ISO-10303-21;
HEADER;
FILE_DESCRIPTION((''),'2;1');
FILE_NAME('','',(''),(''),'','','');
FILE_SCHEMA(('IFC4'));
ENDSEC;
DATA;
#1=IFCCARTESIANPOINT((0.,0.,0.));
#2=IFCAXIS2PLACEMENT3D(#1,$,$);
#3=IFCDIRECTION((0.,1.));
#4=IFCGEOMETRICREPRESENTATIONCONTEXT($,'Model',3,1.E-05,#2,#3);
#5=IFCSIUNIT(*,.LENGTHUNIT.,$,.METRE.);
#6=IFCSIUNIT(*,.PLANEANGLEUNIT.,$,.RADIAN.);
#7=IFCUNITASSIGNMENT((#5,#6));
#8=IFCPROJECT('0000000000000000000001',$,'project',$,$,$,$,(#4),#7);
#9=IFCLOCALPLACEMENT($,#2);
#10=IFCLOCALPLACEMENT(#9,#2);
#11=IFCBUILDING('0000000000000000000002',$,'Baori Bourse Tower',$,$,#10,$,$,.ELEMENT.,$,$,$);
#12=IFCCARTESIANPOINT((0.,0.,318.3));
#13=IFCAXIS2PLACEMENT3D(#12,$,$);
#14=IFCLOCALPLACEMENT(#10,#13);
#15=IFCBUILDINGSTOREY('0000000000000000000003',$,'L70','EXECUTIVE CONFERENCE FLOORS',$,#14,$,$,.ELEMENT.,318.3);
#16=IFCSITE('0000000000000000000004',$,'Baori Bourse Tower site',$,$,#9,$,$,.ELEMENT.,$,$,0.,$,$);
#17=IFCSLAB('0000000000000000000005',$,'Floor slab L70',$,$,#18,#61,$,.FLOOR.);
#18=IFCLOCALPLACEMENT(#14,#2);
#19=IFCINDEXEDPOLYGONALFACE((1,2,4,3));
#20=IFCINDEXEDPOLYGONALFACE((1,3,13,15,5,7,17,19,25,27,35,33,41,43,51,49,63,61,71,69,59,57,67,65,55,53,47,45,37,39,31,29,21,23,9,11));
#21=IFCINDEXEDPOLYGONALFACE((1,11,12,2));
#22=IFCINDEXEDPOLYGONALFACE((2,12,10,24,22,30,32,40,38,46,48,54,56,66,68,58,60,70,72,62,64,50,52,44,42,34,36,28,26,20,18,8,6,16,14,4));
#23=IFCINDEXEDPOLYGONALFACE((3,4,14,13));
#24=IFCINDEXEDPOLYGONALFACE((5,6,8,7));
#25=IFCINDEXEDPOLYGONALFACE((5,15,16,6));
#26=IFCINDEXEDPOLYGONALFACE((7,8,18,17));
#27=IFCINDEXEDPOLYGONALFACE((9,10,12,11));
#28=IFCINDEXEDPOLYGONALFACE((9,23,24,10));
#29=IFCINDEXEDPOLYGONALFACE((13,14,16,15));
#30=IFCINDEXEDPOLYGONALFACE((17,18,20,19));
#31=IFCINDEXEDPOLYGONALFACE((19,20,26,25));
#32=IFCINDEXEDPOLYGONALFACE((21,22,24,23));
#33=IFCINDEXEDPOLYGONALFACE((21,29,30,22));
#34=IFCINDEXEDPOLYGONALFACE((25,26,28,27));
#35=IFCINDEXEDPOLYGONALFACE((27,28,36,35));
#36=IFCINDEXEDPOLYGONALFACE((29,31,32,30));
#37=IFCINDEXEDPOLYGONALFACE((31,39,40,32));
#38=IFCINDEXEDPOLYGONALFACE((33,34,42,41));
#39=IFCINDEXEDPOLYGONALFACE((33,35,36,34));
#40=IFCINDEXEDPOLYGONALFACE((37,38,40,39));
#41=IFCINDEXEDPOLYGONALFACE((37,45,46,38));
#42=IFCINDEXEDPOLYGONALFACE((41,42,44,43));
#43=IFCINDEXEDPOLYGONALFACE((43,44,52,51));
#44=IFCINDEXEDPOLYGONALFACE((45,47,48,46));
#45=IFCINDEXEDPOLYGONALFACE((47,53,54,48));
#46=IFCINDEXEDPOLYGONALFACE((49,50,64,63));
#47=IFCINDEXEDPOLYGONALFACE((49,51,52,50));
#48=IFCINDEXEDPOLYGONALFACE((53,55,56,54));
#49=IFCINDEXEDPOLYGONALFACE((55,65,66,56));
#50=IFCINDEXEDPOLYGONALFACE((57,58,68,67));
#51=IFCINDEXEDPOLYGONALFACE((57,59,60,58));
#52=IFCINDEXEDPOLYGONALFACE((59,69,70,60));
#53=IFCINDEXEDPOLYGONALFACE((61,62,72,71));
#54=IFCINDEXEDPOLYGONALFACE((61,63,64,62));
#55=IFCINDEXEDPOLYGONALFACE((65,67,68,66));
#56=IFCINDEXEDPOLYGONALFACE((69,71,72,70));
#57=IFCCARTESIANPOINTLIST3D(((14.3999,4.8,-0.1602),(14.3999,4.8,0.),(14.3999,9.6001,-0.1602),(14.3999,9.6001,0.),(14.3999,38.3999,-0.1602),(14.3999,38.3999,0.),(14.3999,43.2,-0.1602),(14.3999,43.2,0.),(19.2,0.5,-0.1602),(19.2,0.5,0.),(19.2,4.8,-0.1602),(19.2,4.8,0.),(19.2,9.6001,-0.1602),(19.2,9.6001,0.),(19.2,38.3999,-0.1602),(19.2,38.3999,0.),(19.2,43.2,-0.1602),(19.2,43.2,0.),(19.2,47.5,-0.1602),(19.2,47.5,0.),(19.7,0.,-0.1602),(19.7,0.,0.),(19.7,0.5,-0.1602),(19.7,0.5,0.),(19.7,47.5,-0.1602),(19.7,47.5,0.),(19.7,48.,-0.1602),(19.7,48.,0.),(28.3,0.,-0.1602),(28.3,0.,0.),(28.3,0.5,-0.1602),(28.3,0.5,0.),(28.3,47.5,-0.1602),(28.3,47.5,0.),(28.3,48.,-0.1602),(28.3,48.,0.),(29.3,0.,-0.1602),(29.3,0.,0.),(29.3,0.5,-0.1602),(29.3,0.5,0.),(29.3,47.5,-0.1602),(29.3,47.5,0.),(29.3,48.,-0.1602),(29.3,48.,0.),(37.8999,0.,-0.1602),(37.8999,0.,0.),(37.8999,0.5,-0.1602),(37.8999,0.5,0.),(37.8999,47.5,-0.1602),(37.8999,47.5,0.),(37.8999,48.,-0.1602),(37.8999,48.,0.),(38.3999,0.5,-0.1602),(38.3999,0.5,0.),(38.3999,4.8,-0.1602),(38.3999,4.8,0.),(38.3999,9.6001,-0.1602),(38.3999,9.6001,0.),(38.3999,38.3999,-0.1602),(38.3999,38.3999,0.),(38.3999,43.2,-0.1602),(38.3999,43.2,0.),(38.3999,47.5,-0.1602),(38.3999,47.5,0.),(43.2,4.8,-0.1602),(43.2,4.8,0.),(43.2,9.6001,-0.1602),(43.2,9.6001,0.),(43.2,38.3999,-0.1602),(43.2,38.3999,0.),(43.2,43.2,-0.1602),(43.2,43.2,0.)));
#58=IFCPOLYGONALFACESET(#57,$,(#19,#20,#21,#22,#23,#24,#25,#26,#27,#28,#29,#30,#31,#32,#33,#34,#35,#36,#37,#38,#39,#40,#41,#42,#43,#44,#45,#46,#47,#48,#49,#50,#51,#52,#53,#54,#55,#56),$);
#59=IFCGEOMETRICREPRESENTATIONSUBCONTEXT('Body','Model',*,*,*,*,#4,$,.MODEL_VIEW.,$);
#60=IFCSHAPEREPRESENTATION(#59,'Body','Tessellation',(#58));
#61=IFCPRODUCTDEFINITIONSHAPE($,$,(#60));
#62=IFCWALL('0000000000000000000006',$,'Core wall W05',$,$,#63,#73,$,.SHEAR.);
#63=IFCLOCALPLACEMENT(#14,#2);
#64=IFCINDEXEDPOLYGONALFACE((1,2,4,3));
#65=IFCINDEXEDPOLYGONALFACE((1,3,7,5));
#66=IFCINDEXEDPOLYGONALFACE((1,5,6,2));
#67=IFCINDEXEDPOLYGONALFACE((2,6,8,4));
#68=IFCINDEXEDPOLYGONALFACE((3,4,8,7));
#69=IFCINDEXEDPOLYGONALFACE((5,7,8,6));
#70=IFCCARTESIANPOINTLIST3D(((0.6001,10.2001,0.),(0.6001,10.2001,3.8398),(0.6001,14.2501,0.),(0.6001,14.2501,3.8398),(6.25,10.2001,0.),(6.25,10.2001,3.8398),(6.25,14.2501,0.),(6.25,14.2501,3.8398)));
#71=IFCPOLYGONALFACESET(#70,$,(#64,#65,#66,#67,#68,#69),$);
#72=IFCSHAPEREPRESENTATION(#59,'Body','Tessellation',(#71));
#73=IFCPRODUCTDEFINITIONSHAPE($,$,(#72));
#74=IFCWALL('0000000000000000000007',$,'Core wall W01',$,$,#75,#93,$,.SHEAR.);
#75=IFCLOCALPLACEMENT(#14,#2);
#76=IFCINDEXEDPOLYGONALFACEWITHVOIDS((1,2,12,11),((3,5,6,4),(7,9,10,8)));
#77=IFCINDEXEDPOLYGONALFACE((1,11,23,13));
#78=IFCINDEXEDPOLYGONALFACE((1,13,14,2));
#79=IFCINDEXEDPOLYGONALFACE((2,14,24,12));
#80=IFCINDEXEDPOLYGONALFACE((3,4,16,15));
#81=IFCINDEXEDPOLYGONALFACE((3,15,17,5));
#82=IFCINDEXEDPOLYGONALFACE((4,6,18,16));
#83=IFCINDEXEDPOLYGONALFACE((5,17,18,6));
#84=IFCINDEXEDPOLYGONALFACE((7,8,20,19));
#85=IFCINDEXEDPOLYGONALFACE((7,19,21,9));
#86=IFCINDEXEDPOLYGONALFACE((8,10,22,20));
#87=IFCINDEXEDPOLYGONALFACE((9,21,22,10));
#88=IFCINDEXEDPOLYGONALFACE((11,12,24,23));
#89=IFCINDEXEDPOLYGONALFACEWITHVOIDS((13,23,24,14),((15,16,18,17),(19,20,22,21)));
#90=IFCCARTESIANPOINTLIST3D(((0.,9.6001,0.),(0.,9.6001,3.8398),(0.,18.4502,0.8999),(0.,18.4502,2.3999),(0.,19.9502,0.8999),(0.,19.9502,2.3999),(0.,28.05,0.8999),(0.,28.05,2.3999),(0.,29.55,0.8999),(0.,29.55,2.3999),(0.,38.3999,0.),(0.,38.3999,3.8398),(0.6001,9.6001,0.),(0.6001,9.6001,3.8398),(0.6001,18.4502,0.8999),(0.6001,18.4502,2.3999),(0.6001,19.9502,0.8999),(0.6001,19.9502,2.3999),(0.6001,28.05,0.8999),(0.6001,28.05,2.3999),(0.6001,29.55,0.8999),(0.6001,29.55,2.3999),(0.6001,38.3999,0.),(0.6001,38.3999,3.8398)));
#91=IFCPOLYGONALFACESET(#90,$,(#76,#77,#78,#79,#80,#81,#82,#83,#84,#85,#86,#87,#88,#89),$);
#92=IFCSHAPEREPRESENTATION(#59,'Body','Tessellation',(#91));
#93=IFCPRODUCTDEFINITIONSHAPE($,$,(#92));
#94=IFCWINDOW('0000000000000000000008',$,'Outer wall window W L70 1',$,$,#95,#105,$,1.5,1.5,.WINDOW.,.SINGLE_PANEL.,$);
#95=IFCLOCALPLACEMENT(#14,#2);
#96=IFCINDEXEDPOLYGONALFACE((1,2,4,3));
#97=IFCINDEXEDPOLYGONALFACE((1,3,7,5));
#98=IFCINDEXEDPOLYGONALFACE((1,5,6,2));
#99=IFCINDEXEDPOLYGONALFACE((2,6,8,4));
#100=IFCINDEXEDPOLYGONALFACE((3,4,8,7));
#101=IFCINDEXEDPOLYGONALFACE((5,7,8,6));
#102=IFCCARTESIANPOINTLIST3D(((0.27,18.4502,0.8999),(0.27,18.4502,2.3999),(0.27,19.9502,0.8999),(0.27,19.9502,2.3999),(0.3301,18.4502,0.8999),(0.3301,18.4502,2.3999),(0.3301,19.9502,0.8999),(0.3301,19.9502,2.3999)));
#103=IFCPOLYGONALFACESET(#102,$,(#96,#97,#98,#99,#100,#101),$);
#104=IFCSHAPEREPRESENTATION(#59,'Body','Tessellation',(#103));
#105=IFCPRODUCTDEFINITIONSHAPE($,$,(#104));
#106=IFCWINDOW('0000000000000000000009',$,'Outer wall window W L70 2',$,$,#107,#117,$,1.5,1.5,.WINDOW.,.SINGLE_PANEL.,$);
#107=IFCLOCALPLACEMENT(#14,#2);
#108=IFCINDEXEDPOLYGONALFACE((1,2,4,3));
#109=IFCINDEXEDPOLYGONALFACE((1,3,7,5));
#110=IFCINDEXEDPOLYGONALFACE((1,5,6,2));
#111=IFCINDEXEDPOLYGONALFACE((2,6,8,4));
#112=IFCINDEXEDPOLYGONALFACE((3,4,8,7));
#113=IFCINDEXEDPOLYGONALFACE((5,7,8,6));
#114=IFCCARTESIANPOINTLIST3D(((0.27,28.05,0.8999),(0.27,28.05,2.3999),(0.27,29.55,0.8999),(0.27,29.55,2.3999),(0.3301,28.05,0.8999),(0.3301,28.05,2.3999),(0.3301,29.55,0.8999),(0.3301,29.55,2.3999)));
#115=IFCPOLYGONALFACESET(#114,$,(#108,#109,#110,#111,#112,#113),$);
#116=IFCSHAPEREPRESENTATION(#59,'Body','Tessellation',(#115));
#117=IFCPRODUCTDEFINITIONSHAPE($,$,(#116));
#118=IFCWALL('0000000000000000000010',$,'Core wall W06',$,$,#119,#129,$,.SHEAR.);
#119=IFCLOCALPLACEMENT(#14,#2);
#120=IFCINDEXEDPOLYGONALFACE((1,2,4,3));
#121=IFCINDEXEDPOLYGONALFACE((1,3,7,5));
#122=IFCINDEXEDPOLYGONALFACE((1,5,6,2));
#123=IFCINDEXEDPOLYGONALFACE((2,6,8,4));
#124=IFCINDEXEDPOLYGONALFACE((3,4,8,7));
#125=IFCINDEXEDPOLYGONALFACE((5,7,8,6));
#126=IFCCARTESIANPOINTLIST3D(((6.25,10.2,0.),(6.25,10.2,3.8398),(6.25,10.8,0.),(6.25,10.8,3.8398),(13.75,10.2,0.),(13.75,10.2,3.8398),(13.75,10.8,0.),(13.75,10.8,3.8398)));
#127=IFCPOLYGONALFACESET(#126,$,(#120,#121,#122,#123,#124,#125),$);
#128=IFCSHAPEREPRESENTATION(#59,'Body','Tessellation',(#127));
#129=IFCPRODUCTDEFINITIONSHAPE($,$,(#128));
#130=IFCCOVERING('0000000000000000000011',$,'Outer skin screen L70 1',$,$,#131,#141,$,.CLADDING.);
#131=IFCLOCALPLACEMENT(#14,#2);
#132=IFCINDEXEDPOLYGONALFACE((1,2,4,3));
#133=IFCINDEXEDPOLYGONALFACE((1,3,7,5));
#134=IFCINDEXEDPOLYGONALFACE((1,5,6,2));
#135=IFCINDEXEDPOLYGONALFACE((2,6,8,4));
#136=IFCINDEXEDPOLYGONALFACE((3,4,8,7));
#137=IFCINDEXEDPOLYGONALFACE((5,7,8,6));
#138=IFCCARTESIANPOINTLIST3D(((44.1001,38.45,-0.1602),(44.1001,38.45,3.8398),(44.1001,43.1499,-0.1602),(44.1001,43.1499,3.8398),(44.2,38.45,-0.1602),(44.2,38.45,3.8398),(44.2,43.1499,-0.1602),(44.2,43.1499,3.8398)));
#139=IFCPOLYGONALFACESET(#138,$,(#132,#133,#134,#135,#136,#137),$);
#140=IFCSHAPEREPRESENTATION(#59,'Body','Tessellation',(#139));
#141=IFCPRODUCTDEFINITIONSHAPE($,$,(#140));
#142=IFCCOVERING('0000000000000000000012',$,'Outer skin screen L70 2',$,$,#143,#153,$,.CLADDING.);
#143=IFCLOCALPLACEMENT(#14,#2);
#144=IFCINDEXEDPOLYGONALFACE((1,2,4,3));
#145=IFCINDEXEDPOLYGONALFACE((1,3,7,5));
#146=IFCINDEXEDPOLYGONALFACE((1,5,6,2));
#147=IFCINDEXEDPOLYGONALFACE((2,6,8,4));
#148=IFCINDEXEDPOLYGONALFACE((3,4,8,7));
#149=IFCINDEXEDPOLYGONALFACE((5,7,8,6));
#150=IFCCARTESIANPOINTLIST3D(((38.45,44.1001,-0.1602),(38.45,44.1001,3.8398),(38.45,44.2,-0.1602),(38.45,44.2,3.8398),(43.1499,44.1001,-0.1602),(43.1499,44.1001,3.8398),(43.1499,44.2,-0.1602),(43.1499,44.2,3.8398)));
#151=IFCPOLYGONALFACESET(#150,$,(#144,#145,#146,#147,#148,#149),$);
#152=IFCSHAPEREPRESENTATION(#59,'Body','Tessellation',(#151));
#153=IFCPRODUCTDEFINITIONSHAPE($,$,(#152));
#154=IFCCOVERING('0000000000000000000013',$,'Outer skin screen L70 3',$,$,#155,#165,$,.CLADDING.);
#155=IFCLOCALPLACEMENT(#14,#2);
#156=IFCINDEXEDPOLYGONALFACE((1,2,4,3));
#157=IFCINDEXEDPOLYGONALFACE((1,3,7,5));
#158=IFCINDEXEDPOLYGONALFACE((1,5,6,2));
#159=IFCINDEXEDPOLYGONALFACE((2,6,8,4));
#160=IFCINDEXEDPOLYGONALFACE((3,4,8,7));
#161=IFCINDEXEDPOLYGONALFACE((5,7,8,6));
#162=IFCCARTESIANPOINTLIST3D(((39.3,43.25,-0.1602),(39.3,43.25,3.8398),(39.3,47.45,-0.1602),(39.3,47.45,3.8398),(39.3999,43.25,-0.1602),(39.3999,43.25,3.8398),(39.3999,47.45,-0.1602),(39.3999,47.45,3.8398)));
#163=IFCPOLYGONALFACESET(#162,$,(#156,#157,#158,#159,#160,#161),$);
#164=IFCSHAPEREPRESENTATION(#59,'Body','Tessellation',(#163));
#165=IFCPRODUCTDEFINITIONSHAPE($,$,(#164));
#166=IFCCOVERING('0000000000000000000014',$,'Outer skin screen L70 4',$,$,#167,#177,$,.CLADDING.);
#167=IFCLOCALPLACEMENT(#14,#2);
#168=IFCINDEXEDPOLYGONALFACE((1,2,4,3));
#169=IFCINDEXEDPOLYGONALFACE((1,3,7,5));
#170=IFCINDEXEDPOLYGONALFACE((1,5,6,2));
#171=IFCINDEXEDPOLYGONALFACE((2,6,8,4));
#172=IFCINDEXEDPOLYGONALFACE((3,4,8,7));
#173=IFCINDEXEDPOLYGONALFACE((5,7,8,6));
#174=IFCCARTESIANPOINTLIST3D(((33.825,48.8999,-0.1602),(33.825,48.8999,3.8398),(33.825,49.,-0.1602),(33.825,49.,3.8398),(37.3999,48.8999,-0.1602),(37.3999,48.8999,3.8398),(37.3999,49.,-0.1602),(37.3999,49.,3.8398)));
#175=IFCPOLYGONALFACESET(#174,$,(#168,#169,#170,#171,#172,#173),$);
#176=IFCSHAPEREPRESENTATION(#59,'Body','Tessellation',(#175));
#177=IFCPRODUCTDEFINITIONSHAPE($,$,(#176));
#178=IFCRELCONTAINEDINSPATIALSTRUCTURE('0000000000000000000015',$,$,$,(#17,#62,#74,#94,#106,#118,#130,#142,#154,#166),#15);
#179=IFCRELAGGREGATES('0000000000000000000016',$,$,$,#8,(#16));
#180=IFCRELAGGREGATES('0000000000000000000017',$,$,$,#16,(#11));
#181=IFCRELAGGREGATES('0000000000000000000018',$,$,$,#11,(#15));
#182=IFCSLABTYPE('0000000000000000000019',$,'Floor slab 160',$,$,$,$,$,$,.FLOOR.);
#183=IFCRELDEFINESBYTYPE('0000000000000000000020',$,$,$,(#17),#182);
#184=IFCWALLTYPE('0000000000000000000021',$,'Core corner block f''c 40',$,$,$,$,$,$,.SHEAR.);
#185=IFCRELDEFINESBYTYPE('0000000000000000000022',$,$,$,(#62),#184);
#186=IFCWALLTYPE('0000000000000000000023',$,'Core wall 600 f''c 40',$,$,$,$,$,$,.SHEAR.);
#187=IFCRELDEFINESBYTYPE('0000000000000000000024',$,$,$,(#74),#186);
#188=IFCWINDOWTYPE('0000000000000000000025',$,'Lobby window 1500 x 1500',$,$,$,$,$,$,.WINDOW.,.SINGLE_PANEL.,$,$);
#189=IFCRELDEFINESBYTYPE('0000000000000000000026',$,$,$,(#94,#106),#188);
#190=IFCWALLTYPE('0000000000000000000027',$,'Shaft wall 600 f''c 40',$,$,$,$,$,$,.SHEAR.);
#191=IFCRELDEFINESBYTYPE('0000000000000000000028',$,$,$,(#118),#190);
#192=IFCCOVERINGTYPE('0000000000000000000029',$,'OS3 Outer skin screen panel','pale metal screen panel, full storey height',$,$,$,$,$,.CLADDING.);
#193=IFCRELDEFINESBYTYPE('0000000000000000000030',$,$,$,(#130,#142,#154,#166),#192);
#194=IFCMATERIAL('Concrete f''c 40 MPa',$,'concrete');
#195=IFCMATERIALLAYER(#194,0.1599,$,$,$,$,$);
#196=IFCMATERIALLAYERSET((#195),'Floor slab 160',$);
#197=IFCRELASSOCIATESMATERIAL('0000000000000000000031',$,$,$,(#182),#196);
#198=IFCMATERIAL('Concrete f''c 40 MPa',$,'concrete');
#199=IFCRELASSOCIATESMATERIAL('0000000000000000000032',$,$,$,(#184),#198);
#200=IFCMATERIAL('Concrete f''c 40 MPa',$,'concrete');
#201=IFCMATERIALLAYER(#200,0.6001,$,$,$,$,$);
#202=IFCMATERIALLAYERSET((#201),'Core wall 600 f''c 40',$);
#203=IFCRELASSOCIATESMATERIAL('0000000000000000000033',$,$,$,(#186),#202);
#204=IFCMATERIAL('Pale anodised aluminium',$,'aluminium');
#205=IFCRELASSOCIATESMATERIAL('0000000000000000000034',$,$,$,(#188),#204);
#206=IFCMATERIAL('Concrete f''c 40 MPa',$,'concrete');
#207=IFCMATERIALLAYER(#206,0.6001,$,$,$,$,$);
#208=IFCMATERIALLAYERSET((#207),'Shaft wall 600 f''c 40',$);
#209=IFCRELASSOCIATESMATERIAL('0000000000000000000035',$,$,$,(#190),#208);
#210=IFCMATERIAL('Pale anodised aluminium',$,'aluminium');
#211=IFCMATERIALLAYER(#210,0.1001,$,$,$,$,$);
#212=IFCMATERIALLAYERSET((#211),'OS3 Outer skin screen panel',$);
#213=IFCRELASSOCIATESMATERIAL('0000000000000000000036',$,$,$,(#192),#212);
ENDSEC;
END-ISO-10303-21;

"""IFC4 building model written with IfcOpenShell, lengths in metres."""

from ifc_helpers import new_model, si_unit, direction, frame, frame_2d, origin, place, context, subcontext, project, spatial, polyline, rectangle, outline, extrude, material, layer, layer_set, type_object, element, fill, save


model = new_model("IFC4")

# Units and contexts
model_context = context("Model", 3, precision=1e-05, world=origin(), true_north=direction((0.0, 1.0)))
body_context = subcontext(model_context, "Body", "Model", "MODEL_VIEW")
ifc_project = project(units=[si_unit("LENGTHUNIT", "METRE"), si_unit("PLANEANGLEUNIT", "RADIAN")], contexts=[model_context])

# Site, building, storey
site_placement = place(None, origin())
site = spatial("IfcSite", under=ifc_project, at=site_placement, Name="Baori Bourse Tower site", CompositionType="ELEMENT", RefElevation=0.0)
building_placement = place(site_placement, origin())
building = spatial("IfcBuilding", under=site, at=building_placement, Name="Baori Bourse Tower", CompositionType="ELEMENT")
storey_placement = place(building_placement, frame((0.0, 0.0, 318.3)))
storey = spatial("IfcBuildingStorey", under=building, at=storey_placement, Name="L70", Description="EXECUTIVE CONFERENCE FLOORS", CompositionType="ELEMENT", Elevation=318.3)

# Slab
ifc_material_1 = material(Name="Concrete f'c 40 MPa", Category="concrete")
ifc_layer_1 = layer(ifc_material_1, 0.1599)
ifc_layer_set_1 = layer_set([ifc_layer_1], Name="Floor slab 160")
slab_type_1 = type_object("IfcSlabType", Name="Floor slab 160", PredefinedType="FLOOR", material=ifc_layer_set_1)
slab_1_placement = place(storey_placement, frame((0.0, 0.0, -0.1602)))
element("IfcSlab", 1, at=slab_1_placement, inside=storey, type_object=slab_type_1, Name="Floor slab L70", PredefinedType="FLOOR", context=body_context, shape_type="SweptSolid", body=[
    extrude(outline(polyline([(19.2, 4.8), (14.3999, 4.8), (14.3999, 9.6001), (19.2, 9.6001), (19.2, 38.3999), (14.3999, 38.3999), (14.3999, 43.2), (19.2, 43.2), (19.2, 47.5), (19.7, 47.5), (19.7, 48.0), (28.3, 48.0), (28.3, 47.5), (29.3, 47.5), (29.3, 48.0), (37.8999, 48.0), (37.8999, 47.5), (38.3999, 47.5), (38.3999, 43.2), (43.2, 43.2), (43.2, 38.3999), (38.3999, 38.3999), (38.3999, 9.6001), (43.2, 9.6001), (43.2, 4.8), (38.3999, 4.8), (38.3999, 0.5), (37.8999, 0.5), (37.8999, 0.0), (29.3, 0.0), (29.3, 0.5), (28.3, 0.5), (28.3, 0.0), (19.7, 0.0), (19.7, 0.5), (19.2, 0.5), (19.2, 4.8)])), origin(), (0.0, 0.0, 1.0), 0.1602),
])

# Wall
ifc_material_2 = material(Name="Concrete f'c 40 MPa", Category="concrete")
wall_type_1 = type_object("IfcWallType", Name="Core corner block f'c 40", PredefinedType="SHEAR", material=ifc_material_2)
wall_1_placement = place(storey_placement, frame((0.6001, 12.2251, 0.0), z_axis=(0.0, 0.0, 1.0), x_axis=(1.0, 0.0, 0.0)))
element("IfcWall", 2, at=wall_1_placement, inside=storey, type_object=wall_type_1, Name="Core wall W05", PredefinedType="SHEAR", context=body_context, shape_type="SweptSolid", body=[
    extrude(rectangle(XDim=5.6499, YDim=4.05, at=frame_2d((2.825, 0.0))), origin(), (0.0, 0.0, 1.0), 3.8398),
])

# Wall, openings, windows
ifc_material_3 = material(Name="Concrete f'c 40 MPa", Category="concrete")
ifc_layer_2 = layer(ifc_material_3, 0.6001)
ifc_layer_set_2 = layer_set([ifc_layer_2], Name="Core wall 600 f'c 40")
wall_type_2 = type_object("IfcWallType", Name="Core wall 600 f'c 40", PredefinedType="SHEAR", material=ifc_layer_set_2)
wall_2_placement = place(storey_placement, frame((0.3, 9.6001, 0.0), z_axis=(0.0, 0.0, 1.0), x_axis=(0.0, 1.0, 0.0)))
wall_2 = element("IfcWall", 3, at=wall_2_placement, inside=storey, type_object=wall_type_2, Name="Core wall W01", PredefinedType="SHEAR", context=body_context, shape_type="SweptSolid", body=[
    extrude(rectangle(XDim=28.7998, YDim=0.6001, at=frame_2d((14.3999, 0.0))), origin(), (0.0, 0.0, 1.0), 3.8398),
])
opening_1_placement = place(wall_2_placement, frame((8.8501, 0.0, 0.8999)))
opening_1 = element("IfcOpeningElement", 4, at=opening_1_placement, cuts=wall_2, PredefinedType="OPENING", context=body_context, shape_type="SweptSolid", body=[
    extrude(rectangle(XDim=1.5, YDim=1.5, at=frame_2d((0.75, 0.75))), frame((0.0, 0.3101, 0.0), z_axis=(0.0, -1.0, 0.0), x_axis=(1.0, 0.0, 0.0)), (0.0, 0.0, 1.0), 0.6201),
])
opening_2_placement = place(wall_2_placement, frame((18.45, 0.0, 0.8999)))
opening_2 = element("IfcOpeningElement", 5, at=opening_2_placement, cuts=wall_2, PredefinedType="OPENING", context=body_context, shape_type="SweptSolid", body=[
    extrude(rectangle(XDim=1.5, YDim=1.5, at=frame_2d((0.75, 0.75))), frame((0.0, 0.3101, 0.0), z_axis=(0.0, -1.0, 0.0), x_axis=(1.0, 0.0, 0.0)), (0.0, 0.0, 1.0), 0.6201),
])
ifc_material_4 = material(Name="Pale anodised aluminium", Category="aluminium")
window_type = type_object("IfcWindowType", Name="Lobby window 1500 x 1500", PartitioningType="SINGLE_PANEL", PredefinedType="WINDOW", material=ifc_material_4)
window_1_placement = place(opening_1_placement, origin())
window_1 = element("IfcWindow", 6, at=window_1_placement, inside=storey, type_object=window_type, Name="Outer wall window W L70 1", OverallHeight=1.5, OverallWidth=1.5, PartitioningType="SINGLE_PANEL", PredefinedType="WINDOW", context=body_context, shape_type="SweptSolid", body=[
    extrude(rectangle(XDim=1.5, YDim=1.5, at=frame_2d((0.75, 0.75))), frame((0.0, 0.03, 0.0), z_axis=(0.0, -1.0, 0.0), x_axis=(1.0, 0.0, 0.0)), (0.0, 0.0, 1.0), 0.0601),
])
fill(opening_1, window_1)
window_2_placement = place(opening_2_placement, origin())
window_2 = element("IfcWindow", 7, at=window_2_placement, inside=storey, type_object=window_type, Name="Outer wall window W L70 2", OverallHeight=1.5, OverallWidth=1.5, PartitioningType="SINGLE_PANEL", PredefinedType="WINDOW", context=body_context, shape_type="SweptSolid", body=[
    extrude(rectangle(XDim=1.5, YDim=1.5, at=frame_2d((0.75, 0.75))), frame((0.0, 0.03, 0.0), z_axis=(0.0, -1.0, 0.0), x_axis=(1.0, 0.0, 0.0)), (0.0, 0.0, 1.0), 0.0601),
])
fill(opening_2, window_2)

# Wall
ifc_material_5 = material(Name="Concrete f'c 40 MPa", Category="concrete")
ifc_layer_3 = layer(ifc_material_5, 0.6001)
ifc_layer_set_3 = layer_set([ifc_layer_3], Name="Shaft wall 600 f'c 40")
wall_type_3 = type_object("IfcWallType", Name="Shaft wall 600 f'c 40", PredefinedType="SHEAR", material=ifc_layer_set_3)
wall_3_placement = place(storey_placement, frame((6.25, 10.5, 0.0), z_axis=(0.0, 0.0, 1.0), x_axis=(1.0, 0.0, 0.0)))
element("IfcWall", 8, at=wall_3_placement, inside=storey, type_object=wall_type_3, Name="Core wall W06", PredefinedType="SHEAR", context=body_context, shape_type="SweptSolid", body=[
    extrude(rectangle(XDim=7.5, YDim=0.6001, at=frame_2d((3.75, 0.0))), origin(), (0.0, 0.0, 1.0), 3.8398),
])

# Coverings
ifc_material_6 = material(Name="Pale anodised aluminium", Category="aluminium")
ifc_layer_4 = layer(ifc_material_6, 0.1001)
ifc_layer_set_4 = layer_set([ifc_layer_4], Name="OS3 Outer skin screen panel")
covering_type = type_object("IfcCoveringType", Name="OS3 Outer skin screen panel", Description="pale metal screen panel, full storey height", PredefinedType="CLADDING", material=ifc_layer_set_4)
covering_1_placement = place(storey_placement, frame((0.0, 0.0, -0.1602)))
element("IfcCovering", 9, at=covering_1_placement, inside=storey, type_object=covering_type, Name="Outer skin screen L70 1", PredefinedType="CLADDING", context=body_context, shape_type="SweptSolid", body=[
    extrude(outline(polyline([(44.1001, 43.1499), (44.1001, 38.45), (44.2, 38.45), (44.2, 43.1499), (44.1001, 43.1499)])), origin(), (0.0, 0.0, 1.0), 4.0),
])
covering_2_placement = place(storey_placement, frame((0.0, 0.0, -0.1602)))
element("IfcCovering", 10, at=covering_2_placement, inside=storey, type_object=covering_type, Name="Outer skin screen L70 2", PredefinedType="CLADDING", context=body_context, shape_type="SweptSolid", body=[
    extrude(outline(polyline([(38.45, 44.1001), (43.1499, 44.1001), (43.1499, 44.2), (38.45, 44.2), (38.45, 44.1001)])), origin(), (0.0, 0.0, 1.0), 4.0),
])
covering_3_placement = place(storey_placement, frame((0.0, 0.0, -0.1602)))
element("IfcCovering", 11, at=covering_3_placement, inside=storey, type_object=covering_type, Name="Outer skin screen L70 3", PredefinedType="CLADDING", context=body_context, shape_type="SweptSolid", body=[
    extrude(outline(polyline([(39.3, 47.45), (39.3, 43.25), (39.3999, 43.25), (39.3999, 47.45), (39.3, 47.45)])), origin(), (0.0, 0.0, 1.0), 4.0),
])
covering_4_placement = place(storey_placement, frame((0.0, 0.0, -0.1602)))
element("IfcCovering", 12, at=covering_4_placement, inside=storey, type_object=covering_type, Name="Outer skin screen L70 4", PredefinedType="CLADDING", context=body_context, shape_type="SweptSolid", body=[
    extrude(outline(polyline([(33.825, 48.8999), (37.3999, 48.8999), (37.3999, 49.0), (33.825, 49.0), (33.825, 48.8999)])), origin(), (0.0, 0.0, 1.0), 4.0),
])

save(model, "model.ifc")
